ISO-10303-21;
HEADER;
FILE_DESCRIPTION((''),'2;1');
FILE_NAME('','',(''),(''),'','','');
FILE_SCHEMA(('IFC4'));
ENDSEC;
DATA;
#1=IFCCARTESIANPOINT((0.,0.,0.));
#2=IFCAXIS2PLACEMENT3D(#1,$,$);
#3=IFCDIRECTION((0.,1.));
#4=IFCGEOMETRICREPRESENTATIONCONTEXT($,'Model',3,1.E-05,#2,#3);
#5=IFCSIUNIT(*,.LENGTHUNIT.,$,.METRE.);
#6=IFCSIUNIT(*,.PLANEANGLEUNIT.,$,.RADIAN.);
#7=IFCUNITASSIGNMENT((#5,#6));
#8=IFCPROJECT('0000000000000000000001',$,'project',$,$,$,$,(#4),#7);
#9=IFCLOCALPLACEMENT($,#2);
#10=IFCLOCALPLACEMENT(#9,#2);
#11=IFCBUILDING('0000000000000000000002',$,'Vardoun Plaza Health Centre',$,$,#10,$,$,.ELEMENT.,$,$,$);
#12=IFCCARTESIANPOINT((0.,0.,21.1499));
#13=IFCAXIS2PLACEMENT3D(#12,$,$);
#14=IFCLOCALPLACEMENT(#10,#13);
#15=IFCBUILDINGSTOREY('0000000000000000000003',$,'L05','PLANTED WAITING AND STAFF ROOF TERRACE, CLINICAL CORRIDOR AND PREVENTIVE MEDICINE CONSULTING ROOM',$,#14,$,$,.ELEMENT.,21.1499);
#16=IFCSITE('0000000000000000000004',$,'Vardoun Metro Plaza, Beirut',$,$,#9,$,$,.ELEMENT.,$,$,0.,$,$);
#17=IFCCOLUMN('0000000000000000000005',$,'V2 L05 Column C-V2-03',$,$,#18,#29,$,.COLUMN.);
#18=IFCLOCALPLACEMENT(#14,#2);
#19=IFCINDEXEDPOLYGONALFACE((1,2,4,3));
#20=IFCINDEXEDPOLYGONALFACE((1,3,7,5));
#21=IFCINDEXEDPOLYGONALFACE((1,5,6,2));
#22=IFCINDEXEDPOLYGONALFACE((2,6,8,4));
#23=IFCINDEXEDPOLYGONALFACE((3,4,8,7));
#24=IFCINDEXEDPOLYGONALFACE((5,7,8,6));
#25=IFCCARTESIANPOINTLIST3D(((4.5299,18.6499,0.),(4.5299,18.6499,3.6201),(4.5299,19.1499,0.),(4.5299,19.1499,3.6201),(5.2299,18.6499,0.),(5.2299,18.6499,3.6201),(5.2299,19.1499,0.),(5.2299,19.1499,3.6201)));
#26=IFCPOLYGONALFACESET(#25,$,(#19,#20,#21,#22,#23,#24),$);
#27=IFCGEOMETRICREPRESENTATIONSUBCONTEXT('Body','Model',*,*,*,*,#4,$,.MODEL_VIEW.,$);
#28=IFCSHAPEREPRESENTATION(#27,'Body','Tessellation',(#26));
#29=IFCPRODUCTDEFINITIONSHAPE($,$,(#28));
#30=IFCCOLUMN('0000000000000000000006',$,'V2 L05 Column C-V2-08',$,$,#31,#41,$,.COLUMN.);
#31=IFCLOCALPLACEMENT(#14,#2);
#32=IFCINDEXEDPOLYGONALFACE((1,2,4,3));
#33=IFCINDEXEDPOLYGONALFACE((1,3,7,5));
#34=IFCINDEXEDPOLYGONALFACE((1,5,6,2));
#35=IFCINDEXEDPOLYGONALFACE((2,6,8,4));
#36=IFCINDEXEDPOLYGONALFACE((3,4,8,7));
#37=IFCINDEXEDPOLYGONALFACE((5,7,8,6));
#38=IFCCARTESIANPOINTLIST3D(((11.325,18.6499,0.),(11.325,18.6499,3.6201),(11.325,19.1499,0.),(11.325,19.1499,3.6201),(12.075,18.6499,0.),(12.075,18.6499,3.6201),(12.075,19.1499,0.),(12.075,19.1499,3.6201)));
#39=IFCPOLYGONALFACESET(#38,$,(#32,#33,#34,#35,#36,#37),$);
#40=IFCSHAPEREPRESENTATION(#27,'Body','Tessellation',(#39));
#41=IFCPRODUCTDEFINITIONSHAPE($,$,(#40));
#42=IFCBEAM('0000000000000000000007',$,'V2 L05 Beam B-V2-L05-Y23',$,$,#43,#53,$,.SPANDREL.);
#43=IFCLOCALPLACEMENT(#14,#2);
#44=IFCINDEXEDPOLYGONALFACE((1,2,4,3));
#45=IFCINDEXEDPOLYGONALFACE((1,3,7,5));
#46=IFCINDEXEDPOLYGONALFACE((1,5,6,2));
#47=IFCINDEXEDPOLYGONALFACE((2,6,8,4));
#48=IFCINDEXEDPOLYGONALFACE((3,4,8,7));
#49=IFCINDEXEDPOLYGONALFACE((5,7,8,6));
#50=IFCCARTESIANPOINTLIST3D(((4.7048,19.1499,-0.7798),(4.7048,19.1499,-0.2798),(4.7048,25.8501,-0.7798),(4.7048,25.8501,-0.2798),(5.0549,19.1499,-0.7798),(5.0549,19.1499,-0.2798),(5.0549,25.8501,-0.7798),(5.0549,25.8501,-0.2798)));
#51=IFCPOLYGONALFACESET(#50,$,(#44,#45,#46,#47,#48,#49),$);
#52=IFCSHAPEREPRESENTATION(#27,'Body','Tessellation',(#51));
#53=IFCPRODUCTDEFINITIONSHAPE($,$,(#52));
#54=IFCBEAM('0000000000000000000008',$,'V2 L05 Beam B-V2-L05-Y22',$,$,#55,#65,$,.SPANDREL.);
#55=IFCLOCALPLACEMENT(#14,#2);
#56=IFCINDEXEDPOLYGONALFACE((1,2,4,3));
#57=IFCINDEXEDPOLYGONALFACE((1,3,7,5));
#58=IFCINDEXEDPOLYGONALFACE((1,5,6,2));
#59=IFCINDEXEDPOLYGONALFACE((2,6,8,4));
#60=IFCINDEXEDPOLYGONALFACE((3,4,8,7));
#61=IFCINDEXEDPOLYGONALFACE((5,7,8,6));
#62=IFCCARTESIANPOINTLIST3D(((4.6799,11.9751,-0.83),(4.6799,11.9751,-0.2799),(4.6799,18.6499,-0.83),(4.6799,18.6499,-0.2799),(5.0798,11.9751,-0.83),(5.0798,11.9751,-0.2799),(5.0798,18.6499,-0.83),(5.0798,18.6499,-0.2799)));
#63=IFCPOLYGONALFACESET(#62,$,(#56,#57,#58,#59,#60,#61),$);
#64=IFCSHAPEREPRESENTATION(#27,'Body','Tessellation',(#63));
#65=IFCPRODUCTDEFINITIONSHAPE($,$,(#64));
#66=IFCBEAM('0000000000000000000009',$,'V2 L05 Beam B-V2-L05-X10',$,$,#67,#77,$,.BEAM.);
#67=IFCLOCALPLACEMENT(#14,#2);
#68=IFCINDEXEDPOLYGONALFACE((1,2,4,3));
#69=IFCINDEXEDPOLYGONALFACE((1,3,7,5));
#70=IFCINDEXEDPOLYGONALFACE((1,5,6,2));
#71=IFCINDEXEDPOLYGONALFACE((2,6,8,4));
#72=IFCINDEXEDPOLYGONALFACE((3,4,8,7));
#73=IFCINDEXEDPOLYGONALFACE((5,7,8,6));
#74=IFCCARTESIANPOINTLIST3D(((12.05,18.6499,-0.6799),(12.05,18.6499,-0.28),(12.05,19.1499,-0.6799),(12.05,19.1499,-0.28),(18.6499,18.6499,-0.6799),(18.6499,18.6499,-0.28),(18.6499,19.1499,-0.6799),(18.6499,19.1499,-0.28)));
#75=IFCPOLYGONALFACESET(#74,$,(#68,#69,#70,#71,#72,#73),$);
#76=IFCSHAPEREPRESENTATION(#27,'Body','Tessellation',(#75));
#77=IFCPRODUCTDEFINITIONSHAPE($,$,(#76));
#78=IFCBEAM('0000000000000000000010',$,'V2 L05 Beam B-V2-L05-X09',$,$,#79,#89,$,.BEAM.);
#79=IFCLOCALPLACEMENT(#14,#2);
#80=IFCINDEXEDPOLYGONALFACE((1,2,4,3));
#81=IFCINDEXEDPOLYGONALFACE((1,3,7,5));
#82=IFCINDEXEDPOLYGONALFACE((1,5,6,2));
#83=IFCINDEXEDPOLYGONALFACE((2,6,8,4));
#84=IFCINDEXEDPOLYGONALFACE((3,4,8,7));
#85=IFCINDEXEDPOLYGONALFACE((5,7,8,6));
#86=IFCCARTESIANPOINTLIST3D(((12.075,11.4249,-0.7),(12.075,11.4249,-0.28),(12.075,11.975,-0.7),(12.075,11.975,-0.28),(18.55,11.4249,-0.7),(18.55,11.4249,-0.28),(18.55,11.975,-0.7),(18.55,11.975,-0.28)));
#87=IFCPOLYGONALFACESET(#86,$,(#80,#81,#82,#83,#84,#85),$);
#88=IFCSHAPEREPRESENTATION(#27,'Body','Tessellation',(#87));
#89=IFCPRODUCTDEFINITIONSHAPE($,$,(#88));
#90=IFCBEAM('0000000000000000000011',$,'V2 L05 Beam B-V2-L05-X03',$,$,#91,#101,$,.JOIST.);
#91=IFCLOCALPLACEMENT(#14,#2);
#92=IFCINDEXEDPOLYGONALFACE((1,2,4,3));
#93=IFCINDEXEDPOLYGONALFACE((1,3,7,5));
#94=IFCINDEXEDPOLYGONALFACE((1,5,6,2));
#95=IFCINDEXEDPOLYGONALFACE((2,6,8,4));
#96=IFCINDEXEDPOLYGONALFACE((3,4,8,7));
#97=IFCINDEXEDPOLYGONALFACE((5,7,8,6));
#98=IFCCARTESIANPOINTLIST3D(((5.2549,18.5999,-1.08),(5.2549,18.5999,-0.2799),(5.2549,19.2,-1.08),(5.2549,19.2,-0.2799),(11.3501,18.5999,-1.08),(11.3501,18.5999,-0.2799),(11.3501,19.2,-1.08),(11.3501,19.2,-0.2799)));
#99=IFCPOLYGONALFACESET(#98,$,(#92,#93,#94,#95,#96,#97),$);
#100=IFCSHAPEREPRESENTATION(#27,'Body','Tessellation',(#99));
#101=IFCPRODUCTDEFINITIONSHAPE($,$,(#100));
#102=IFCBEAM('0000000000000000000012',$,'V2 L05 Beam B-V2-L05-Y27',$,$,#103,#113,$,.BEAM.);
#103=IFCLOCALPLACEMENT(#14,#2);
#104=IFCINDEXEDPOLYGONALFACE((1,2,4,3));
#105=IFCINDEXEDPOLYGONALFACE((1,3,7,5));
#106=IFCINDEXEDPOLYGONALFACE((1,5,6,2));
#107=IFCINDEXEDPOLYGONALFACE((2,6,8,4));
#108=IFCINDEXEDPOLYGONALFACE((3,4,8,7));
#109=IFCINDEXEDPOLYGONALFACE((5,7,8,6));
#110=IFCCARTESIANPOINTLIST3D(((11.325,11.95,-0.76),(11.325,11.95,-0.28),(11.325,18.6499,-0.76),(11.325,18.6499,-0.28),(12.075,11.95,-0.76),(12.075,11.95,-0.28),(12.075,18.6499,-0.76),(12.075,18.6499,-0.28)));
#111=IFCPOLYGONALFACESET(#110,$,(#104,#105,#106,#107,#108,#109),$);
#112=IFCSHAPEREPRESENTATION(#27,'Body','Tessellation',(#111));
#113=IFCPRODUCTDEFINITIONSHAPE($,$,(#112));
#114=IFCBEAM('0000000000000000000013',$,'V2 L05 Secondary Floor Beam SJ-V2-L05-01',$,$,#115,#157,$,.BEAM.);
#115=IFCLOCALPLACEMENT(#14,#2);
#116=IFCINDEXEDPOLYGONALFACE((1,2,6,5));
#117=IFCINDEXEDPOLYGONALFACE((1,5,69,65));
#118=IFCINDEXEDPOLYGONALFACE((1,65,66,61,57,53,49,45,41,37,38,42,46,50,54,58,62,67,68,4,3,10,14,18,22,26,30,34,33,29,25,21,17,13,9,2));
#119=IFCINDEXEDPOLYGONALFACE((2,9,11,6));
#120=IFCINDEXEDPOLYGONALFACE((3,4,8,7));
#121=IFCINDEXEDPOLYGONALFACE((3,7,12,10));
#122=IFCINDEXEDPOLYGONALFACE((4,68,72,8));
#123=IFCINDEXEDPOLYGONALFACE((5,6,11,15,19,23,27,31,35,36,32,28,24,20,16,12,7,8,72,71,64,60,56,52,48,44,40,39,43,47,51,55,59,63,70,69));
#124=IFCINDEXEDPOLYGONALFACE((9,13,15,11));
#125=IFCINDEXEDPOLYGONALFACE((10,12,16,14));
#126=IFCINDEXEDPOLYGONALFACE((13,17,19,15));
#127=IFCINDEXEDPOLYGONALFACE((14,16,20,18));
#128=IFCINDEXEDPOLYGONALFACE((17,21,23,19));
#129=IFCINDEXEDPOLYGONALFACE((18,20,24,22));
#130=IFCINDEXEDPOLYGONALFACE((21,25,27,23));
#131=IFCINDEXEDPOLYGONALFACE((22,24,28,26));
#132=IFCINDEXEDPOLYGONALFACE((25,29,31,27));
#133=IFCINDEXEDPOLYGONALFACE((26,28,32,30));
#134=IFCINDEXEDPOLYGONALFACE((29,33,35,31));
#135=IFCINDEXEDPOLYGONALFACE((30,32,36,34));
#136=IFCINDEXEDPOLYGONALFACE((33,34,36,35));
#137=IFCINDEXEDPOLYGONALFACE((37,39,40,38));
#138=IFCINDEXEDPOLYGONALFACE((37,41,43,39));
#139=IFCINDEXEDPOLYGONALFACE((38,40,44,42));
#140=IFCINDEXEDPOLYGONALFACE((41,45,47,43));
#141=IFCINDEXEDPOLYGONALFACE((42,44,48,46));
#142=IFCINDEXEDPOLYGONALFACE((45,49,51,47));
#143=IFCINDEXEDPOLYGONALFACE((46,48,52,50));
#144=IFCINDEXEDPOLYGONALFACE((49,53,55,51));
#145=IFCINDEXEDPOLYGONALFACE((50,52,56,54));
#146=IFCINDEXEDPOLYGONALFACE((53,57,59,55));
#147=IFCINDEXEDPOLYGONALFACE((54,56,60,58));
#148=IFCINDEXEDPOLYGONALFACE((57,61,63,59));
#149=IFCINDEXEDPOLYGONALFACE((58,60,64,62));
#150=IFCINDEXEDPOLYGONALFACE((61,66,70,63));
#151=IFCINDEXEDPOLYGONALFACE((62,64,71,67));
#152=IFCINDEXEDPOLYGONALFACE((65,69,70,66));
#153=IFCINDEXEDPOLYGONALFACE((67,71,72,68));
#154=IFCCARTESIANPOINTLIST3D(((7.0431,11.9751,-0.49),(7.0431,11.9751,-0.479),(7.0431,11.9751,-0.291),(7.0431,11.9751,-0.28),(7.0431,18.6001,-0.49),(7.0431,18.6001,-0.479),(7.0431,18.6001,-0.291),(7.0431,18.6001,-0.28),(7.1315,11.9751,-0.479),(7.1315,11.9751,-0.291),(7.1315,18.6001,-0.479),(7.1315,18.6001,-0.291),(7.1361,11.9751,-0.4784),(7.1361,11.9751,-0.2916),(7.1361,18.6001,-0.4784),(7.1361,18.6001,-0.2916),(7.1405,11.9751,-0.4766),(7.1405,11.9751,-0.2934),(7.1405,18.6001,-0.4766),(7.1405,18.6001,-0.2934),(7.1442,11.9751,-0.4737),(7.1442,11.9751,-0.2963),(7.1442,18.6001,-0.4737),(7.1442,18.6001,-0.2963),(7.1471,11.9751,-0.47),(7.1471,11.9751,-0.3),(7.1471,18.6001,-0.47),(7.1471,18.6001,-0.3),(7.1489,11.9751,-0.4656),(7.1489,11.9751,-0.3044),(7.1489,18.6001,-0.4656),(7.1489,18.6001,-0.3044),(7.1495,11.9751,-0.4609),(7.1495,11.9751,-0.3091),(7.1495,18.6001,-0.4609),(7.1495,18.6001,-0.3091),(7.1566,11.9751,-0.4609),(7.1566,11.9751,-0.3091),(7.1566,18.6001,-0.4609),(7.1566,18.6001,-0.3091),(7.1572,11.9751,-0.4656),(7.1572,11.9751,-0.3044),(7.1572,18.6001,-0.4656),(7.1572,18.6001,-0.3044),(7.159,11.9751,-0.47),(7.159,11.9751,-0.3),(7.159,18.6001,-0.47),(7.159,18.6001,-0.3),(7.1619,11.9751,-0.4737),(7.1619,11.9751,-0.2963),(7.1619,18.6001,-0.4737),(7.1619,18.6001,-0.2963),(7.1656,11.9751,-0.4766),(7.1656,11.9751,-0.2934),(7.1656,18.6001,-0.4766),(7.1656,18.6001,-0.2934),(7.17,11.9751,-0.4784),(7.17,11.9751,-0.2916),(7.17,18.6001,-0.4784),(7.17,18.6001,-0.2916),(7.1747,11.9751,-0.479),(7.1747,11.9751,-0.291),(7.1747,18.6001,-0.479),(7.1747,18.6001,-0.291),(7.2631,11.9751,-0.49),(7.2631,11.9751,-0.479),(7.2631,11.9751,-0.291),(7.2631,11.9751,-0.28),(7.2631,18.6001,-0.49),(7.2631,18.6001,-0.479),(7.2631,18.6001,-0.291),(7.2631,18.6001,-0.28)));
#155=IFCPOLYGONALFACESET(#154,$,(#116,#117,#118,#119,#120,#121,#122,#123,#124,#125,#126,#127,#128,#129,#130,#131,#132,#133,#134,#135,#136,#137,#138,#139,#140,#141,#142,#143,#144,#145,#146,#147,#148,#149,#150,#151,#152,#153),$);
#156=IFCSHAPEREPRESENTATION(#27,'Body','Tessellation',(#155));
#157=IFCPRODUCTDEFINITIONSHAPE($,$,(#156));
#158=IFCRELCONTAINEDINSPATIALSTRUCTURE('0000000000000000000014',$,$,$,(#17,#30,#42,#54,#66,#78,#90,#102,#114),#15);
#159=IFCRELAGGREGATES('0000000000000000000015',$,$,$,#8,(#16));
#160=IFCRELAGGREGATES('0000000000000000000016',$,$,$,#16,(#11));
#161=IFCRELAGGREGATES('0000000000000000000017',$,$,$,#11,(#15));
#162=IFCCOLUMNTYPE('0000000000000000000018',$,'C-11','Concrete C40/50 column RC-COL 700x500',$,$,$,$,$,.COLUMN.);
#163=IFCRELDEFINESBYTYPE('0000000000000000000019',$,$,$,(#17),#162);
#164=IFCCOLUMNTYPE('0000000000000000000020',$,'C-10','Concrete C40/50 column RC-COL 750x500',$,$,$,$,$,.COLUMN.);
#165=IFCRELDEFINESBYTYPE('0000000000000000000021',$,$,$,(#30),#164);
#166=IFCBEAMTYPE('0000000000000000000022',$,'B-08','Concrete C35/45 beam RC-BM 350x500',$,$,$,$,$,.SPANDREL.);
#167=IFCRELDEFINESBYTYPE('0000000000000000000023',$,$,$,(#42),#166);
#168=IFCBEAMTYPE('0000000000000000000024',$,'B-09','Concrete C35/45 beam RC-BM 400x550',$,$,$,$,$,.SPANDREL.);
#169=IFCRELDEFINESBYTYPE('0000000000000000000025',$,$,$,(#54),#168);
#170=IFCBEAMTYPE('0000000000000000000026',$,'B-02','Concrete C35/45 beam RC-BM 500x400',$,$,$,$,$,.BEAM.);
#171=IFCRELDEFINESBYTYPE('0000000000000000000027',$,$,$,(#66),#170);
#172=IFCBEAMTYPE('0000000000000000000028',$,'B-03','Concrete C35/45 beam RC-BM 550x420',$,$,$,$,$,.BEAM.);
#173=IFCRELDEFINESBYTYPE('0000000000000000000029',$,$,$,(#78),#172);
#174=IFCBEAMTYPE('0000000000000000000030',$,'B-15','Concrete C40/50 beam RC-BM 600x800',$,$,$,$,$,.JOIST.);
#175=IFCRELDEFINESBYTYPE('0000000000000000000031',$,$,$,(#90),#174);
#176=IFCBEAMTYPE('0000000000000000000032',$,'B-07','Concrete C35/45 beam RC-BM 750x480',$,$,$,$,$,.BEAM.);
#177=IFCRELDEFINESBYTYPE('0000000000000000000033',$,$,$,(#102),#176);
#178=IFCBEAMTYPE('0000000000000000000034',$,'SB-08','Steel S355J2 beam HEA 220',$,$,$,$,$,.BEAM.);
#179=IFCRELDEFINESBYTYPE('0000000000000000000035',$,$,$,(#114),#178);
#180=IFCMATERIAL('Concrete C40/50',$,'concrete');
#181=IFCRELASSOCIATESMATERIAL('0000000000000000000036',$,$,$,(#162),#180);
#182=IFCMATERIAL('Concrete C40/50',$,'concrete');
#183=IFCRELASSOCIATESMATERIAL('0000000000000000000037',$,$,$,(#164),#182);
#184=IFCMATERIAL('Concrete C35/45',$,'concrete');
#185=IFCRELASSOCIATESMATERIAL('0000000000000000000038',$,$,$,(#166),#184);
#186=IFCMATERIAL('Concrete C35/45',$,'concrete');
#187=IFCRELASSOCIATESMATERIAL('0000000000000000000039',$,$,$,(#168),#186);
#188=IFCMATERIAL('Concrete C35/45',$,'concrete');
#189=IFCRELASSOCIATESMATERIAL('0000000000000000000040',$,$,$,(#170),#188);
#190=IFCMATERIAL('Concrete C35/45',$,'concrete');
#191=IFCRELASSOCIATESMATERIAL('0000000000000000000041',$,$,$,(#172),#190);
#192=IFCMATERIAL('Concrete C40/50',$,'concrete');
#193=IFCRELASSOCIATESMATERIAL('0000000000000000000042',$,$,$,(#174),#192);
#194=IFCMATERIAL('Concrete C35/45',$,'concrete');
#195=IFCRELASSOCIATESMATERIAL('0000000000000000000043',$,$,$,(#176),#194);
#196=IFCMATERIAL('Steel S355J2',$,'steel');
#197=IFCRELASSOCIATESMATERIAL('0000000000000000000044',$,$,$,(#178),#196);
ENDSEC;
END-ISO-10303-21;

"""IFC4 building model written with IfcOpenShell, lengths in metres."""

from ifc_helpers import new_model, si_unit, direction, frame, origin, origin_2d, place, context, subcontext, project, spatial, rectangle, i_section, extrude, material, material_profile, profile_set, type_object, element, save


model = new_model("IFC4")

# Units and contexts
model_context = context("Model", 3, precision=1e-05, world=origin(), true_north=direction((0.0, 1.0)))
body_context = subcontext(model_context, "Body", "Model", "MODEL_VIEW")
ifc_project = project(units=[si_unit("LENGTHUNIT", "METRE"), si_unit("PLANEANGLEUNIT", "RADIAN")], contexts=[model_context])

# Site, building, storey
site_placement = place(None, origin())
site = spatial("IfcSite", under=ifc_project, at=site_placement, Name="Vardoun Metro Plaza, Beirut", CompositionType="ELEMENT", RefElevation=0.0)
building_placement = place(site_placement, origin())
building = spatial("IfcBuilding", under=site, at=building_placement, Name="Vardoun Plaza Health Centre", CompositionType="ELEMENT")
storey_placement = place(building_placement, frame((0.0, 0.0, 21.1499)))
storey = spatial("IfcBuildingStorey", under=building, at=storey_placement, Name="L05", Description="PLANTED WAITING AND STAFF ROOF TERRACE, CLINICAL CORRIDOR AND PREVENTIVE MEDICINE CONSULTING ROOM", CompositionType="ELEMENT", Elevation=21.1499)

# Columns
ifc_material_1 = material(Name="Concrete C40/50", Category="concrete")
ifc_material_profile_1 = material_profile(ifc_material_1, rectangle(XDim=0.7, YDim=0.5, at=origin_2d()), Name="RC-COL 700x500")
ifc_profile_set_1 = profile_set([ifc_material_profile_1], Name="Concrete C40/50")
column_type_1 = type_object("IfcColumnType", Name="C-11", Description="Concrete C40/50 column RC-COL 700x500", PredefinedType="COLUMN", material=ifc_profile_set_1)
column_1_placement = place(storey_placement, frame((4.8799, 18.8999, 0.0), z_axis=(0.0, 0.0, 1.0), x_axis=(1.0, 0.0, 0.0)))
element("IfcColumn", 1, at=column_1_placement, inside=storey, type_object=column_type_1, Name="V2 L05 Column C-V2-03", PredefinedType="COLUMN", context=body_context, shape_type="SweptSolid", body=[
    extrude(rectangle(XDim=0.7, YDim=0.5, at=origin_2d()), origin(), (0.0, 0.0, 1.0), 3.6201),
])
ifc_material_2 = material(Name="Concrete C40/50", Category="concrete")
ifc_material_profile_2 = material_profile(ifc_material_2, rectangle(XDim=0.75, YDim=0.5, at=origin_2d()), Name="RC-COL 750x500")
ifc_profile_set_2 = profile_set([ifc_material_profile_2], Name="Concrete C40/50")
column_type_2 = type_object("IfcColumnType", Name="C-10", Description="Concrete C40/50 column RC-COL 750x500", PredefinedType="COLUMN", material=ifc_profile_set_2)
column_2_placement = place(storey_placement, frame((11.7, 18.8999, 0.0), z_axis=(0.0, 0.0, 1.0), x_axis=(1.0, 0.0, 0.0)))
element("IfcColumn", 2, at=column_2_placement, inside=storey, type_object=column_type_2, Name="V2 L05 Column C-V2-08", PredefinedType="COLUMN", context=body_context, shape_type="SweptSolid", body=[
    extrude(rectangle(XDim=0.75, YDim=0.5, at=origin_2d()), origin(), (0.0, 0.0, 1.0), 3.6201),
])

# Beams
ifc_material_3 = material(Name="Concrete C35/45", Category="concrete")
ifc_material_profile_3 = material_profile(ifc_material_3, rectangle(XDim=0.3501, YDim=0.5, at=origin_2d()), Name="RC-BM 350x500")
ifc_profile_set_3 = profile_set([ifc_material_profile_3], Name="Concrete C35/45")
beam_type_1 = type_object("IfcBeamType", Name="B-08", Description="Concrete C35/45 beam RC-BM 350x500", PredefinedType="SPANDREL", material=ifc_profile_set_3)
beam_1_placement = place(storey_placement, frame((4.8799, 19.1499, -0.5298), z_axis=(0.0, 1.0, 0.0), x_axis=(-1.0, 0.0, 0.0)))
element("IfcBeam", 3, at=beam_1_placement, inside=storey, type_object=beam_type_1, Name="V2 L05 Beam B-V2-L05-Y23", PredefinedType="SPANDREL", context=body_context, shape_type="SweptSolid", body=[
    extrude(rectangle(XDim=0.3501, YDim=0.5, at=origin_2d()), origin(), (0.0, 0.0, 1.0), 6.7002),
])
ifc_material_4 = material(Name="Concrete C35/45", Category="concrete")
ifc_material_profile_4 = material_profile(ifc_material_4, rectangle(XDim=0.3999, YDim=0.55, at=origin_2d()), Name="RC-BM 400x550")
ifc_profile_set_4 = profile_set([ifc_material_profile_4], Name="Concrete C35/45")
beam_type_2 = type_object("IfcBeamType", Name="B-09", Description="Concrete C35/45 beam RC-BM 400x550", PredefinedType="SPANDREL", material=ifc_profile_set_4)
beam_2_placement = place(storey_placement, frame((4.8799, 11.9751, -0.5549), z_axis=(0.0, 1.0, 0.0), x_axis=(-1.0, 0.0, 0.0)))
element("IfcBeam", 4, at=beam_2_placement, inside=storey, type_object=beam_type_2, Name="V2 L05 Beam B-V2-L05-Y22", PredefinedType="SPANDREL", context=body_context, shape_type="SweptSolid", body=[
    extrude(rectangle(XDim=0.3999, YDim=0.55, at=origin_2d()), origin(), (0.0, 0.0, 1.0), 6.6748),
])
ifc_material_5 = material(Name="Concrete C35/45", Category="concrete")
ifc_material_profile_5 = material_profile(ifc_material_5, rectangle(XDim=0.5, YDim=0.3999, at=origin_2d()), Name="RC-BM 500x400")
ifc_profile_set_5 = profile_set([ifc_material_profile_5], Name="Concrete C35/45")
beam_type_3 = type_object("IfcBeamType", Name="B-02", Description="Concrete C35/45 beam RC-BM 500x400", PredefinedType="BEAM", material=ifc_profile_set_5)
beam_3_placement = place(storey_placement, frame((12.05, 18.8999, -0.48), z_axis=(1.0, 0.0, 0.0), x_axis=(0.0, 1.0, 0.0)))
element("IfcBeam", 5, at=beam_3_placement, inside=storey, type_object=beam_type_3, Name="V2 L05 Beam B-V2-L05-X10", PredefinedType="BEAM", context=body_context, shape_type="SweptSolid", body=[
    extrude(rectangle(XDim=0.5, YDim=0.3999, at=origin_2d()), origin(), (0.0, 0.0, 1.0), 6.5999),
])
ifc_material_6 = material(Name="Concrete C35/45", Category="concrete")
ifc_material_profile_6 = material_profile(ifc_material_6, rectangle(XDim=0.55, YDim=0.4199, at=origin_2d()), Name="RC-BM 550x420")
ifc_profile_set_6 = profile_set([ifc_material_profile_6], Name="Concrete C35/45")
beam_type_4 = type_object("IfcBeamType", Name="B-03", Description="Concrete C35/45 beam RC-BM 550x420", PredefinedType="BEAM", material=ifc_profile_set_6)
beam_4_placement = place(storey_placement, frame((12.075, 11.7, -0.49), z_axis=(1.0, 0.0, 0.0), x_axis=(0.0, 1.0, 0.0)))
element("IfcBeam", 6, at=beam_4_placement, inside=storey, type_object=beam_type_4, Name="V2 L05 Beam B-V2-L05-X09", PredefinedType="BEAM", context=body_context, shape_type="SweptSolid", body=[
    extrude(rectangle(XDim=0.55, YDim=0.4199, at=origin_2d()), origin(), (0.0, 0.0, 1.0), 6.4751),
])
ifc_material_7 = material(Name="Concrete C40/50", Category="concrete")
ifc_material_profile_7 = material_profile(ifc_material_7, rectangle(XDim=0.6001, YDim=0.8, at=origin_2d()), Name="RC-BM 600x800")
ifc_profile_set_7 = profile_set([ifc_material_profile_7], Name="Concrete C40/50")
beam_type_5 = type_object("IfcBeamType", Name="B-15", Description="Concrete C40/50 beam RC-BM 600x800", PredefinedType="JOIST", material=ifc_profile_set_7)
beam_5_placement = place(storey_placement, frame((5.2549, 18.8999, -0.6799), z_axis=(1.0, 0.0, 0.0), x_axis=(0.0, 1.0, 0.0)))
element("IfcBeam", 7, at=beam_5_placement, inside=storey, type_object=beam_type_5, Name="V2 L05 Beam B-V2-L05-X03", PredefinedType="JOIST", context=body_context, shape_type="SweptSolid", body=[
    extrude(rectangle(XDim=0.6001, YDim=0.8, at=origin_2d()), origin(), (0.0, 0.0, 1.0), 6.0952),
])
ifc_material_8 = material(Name="Concrete C35/45", Category="concrete")
ifc_material_profile_8 = material_profile(ifc_material_8, rectangle(XDim=0.75, YDim=0.48, at=origin_2d()), Name="RC-BM 750x480")
ifc_profile_set_8 = profile_set([ifc_material_profile_8], Name="Concrete C35/45")
beam_type_6 = type_object("IfcBeamType", Name="B-07", Description="Concrete C35/45 beam RC-BM 750x480", PredefinedType="BEAM", material=ifc_profile_set_8)
beam_6_placement = place(storey_placement, frame((11.7, 11.95, -0.52), z_axis=(0.0, 1.0, 0.0), x_axis=(-1.0, 0.0, 0.0)))
element("IfcBeam", 8, at=beam_6_placement, inside=storey, type_object=beam_type_6, Name="V2 L05 Beam B-V2-L05-Y27", PredefinedType="BEAM", context=body_context, shape_type="SweptSolid", body=[
    extrude(rectangle(XDim=0.75, YDim=0.48, at=origin_2d()), origin(), (0.0, 0.0, 1.0), 6.7),
])
ifc_material_9 = material(Name="Steel S355J2", Category="steel")
ifc_material_profile_9 = material_profile(ifc_material_9, i_section(OverallWidth=0.22, OverallDepth=0.21, WebThickness=0.0071, FlangeThickness=0.011, FilletRadius=0.0181, at=origin_2d()), Name="HEA 220")
ifc_profile_set_9 = profile_set([ifc_material_profile_9], Name="Steel S355J2")
beam_type_7 = type_object("IfcBeamType", Name="SB-08", Description="Steel S355J2 beam HEA 220", PredefinedType="BEAM", material=ifc_profile_set_9)
beam_7_placement = place(storey_placement, frame((7.1531, 11.9751, -0.385), z_axis=(0.0, 1.0, 0.0), x_axis=(-1.0, 0.0, 0.0)))
element("IfcBeam", 9, at=beam_7_placement, inside=storey, type_object=beam_type_7, Name="V2 L05 Secondary Floor Beam SJ-V2-L05-01", PredefinedType="BEAM", context=body_context, shape_type="SweptSolid", body=[
    extrude(i_section(OverallWidth=0.22, OverallDepth=0.21, WebThickness=0.0071, FlangeThickness=0.011, FilletRadius=0.0181, at=origin_2d()), origin(), (0.0, 0.0, 1.0), 6.625),
])

save(model, "model.ifc")
